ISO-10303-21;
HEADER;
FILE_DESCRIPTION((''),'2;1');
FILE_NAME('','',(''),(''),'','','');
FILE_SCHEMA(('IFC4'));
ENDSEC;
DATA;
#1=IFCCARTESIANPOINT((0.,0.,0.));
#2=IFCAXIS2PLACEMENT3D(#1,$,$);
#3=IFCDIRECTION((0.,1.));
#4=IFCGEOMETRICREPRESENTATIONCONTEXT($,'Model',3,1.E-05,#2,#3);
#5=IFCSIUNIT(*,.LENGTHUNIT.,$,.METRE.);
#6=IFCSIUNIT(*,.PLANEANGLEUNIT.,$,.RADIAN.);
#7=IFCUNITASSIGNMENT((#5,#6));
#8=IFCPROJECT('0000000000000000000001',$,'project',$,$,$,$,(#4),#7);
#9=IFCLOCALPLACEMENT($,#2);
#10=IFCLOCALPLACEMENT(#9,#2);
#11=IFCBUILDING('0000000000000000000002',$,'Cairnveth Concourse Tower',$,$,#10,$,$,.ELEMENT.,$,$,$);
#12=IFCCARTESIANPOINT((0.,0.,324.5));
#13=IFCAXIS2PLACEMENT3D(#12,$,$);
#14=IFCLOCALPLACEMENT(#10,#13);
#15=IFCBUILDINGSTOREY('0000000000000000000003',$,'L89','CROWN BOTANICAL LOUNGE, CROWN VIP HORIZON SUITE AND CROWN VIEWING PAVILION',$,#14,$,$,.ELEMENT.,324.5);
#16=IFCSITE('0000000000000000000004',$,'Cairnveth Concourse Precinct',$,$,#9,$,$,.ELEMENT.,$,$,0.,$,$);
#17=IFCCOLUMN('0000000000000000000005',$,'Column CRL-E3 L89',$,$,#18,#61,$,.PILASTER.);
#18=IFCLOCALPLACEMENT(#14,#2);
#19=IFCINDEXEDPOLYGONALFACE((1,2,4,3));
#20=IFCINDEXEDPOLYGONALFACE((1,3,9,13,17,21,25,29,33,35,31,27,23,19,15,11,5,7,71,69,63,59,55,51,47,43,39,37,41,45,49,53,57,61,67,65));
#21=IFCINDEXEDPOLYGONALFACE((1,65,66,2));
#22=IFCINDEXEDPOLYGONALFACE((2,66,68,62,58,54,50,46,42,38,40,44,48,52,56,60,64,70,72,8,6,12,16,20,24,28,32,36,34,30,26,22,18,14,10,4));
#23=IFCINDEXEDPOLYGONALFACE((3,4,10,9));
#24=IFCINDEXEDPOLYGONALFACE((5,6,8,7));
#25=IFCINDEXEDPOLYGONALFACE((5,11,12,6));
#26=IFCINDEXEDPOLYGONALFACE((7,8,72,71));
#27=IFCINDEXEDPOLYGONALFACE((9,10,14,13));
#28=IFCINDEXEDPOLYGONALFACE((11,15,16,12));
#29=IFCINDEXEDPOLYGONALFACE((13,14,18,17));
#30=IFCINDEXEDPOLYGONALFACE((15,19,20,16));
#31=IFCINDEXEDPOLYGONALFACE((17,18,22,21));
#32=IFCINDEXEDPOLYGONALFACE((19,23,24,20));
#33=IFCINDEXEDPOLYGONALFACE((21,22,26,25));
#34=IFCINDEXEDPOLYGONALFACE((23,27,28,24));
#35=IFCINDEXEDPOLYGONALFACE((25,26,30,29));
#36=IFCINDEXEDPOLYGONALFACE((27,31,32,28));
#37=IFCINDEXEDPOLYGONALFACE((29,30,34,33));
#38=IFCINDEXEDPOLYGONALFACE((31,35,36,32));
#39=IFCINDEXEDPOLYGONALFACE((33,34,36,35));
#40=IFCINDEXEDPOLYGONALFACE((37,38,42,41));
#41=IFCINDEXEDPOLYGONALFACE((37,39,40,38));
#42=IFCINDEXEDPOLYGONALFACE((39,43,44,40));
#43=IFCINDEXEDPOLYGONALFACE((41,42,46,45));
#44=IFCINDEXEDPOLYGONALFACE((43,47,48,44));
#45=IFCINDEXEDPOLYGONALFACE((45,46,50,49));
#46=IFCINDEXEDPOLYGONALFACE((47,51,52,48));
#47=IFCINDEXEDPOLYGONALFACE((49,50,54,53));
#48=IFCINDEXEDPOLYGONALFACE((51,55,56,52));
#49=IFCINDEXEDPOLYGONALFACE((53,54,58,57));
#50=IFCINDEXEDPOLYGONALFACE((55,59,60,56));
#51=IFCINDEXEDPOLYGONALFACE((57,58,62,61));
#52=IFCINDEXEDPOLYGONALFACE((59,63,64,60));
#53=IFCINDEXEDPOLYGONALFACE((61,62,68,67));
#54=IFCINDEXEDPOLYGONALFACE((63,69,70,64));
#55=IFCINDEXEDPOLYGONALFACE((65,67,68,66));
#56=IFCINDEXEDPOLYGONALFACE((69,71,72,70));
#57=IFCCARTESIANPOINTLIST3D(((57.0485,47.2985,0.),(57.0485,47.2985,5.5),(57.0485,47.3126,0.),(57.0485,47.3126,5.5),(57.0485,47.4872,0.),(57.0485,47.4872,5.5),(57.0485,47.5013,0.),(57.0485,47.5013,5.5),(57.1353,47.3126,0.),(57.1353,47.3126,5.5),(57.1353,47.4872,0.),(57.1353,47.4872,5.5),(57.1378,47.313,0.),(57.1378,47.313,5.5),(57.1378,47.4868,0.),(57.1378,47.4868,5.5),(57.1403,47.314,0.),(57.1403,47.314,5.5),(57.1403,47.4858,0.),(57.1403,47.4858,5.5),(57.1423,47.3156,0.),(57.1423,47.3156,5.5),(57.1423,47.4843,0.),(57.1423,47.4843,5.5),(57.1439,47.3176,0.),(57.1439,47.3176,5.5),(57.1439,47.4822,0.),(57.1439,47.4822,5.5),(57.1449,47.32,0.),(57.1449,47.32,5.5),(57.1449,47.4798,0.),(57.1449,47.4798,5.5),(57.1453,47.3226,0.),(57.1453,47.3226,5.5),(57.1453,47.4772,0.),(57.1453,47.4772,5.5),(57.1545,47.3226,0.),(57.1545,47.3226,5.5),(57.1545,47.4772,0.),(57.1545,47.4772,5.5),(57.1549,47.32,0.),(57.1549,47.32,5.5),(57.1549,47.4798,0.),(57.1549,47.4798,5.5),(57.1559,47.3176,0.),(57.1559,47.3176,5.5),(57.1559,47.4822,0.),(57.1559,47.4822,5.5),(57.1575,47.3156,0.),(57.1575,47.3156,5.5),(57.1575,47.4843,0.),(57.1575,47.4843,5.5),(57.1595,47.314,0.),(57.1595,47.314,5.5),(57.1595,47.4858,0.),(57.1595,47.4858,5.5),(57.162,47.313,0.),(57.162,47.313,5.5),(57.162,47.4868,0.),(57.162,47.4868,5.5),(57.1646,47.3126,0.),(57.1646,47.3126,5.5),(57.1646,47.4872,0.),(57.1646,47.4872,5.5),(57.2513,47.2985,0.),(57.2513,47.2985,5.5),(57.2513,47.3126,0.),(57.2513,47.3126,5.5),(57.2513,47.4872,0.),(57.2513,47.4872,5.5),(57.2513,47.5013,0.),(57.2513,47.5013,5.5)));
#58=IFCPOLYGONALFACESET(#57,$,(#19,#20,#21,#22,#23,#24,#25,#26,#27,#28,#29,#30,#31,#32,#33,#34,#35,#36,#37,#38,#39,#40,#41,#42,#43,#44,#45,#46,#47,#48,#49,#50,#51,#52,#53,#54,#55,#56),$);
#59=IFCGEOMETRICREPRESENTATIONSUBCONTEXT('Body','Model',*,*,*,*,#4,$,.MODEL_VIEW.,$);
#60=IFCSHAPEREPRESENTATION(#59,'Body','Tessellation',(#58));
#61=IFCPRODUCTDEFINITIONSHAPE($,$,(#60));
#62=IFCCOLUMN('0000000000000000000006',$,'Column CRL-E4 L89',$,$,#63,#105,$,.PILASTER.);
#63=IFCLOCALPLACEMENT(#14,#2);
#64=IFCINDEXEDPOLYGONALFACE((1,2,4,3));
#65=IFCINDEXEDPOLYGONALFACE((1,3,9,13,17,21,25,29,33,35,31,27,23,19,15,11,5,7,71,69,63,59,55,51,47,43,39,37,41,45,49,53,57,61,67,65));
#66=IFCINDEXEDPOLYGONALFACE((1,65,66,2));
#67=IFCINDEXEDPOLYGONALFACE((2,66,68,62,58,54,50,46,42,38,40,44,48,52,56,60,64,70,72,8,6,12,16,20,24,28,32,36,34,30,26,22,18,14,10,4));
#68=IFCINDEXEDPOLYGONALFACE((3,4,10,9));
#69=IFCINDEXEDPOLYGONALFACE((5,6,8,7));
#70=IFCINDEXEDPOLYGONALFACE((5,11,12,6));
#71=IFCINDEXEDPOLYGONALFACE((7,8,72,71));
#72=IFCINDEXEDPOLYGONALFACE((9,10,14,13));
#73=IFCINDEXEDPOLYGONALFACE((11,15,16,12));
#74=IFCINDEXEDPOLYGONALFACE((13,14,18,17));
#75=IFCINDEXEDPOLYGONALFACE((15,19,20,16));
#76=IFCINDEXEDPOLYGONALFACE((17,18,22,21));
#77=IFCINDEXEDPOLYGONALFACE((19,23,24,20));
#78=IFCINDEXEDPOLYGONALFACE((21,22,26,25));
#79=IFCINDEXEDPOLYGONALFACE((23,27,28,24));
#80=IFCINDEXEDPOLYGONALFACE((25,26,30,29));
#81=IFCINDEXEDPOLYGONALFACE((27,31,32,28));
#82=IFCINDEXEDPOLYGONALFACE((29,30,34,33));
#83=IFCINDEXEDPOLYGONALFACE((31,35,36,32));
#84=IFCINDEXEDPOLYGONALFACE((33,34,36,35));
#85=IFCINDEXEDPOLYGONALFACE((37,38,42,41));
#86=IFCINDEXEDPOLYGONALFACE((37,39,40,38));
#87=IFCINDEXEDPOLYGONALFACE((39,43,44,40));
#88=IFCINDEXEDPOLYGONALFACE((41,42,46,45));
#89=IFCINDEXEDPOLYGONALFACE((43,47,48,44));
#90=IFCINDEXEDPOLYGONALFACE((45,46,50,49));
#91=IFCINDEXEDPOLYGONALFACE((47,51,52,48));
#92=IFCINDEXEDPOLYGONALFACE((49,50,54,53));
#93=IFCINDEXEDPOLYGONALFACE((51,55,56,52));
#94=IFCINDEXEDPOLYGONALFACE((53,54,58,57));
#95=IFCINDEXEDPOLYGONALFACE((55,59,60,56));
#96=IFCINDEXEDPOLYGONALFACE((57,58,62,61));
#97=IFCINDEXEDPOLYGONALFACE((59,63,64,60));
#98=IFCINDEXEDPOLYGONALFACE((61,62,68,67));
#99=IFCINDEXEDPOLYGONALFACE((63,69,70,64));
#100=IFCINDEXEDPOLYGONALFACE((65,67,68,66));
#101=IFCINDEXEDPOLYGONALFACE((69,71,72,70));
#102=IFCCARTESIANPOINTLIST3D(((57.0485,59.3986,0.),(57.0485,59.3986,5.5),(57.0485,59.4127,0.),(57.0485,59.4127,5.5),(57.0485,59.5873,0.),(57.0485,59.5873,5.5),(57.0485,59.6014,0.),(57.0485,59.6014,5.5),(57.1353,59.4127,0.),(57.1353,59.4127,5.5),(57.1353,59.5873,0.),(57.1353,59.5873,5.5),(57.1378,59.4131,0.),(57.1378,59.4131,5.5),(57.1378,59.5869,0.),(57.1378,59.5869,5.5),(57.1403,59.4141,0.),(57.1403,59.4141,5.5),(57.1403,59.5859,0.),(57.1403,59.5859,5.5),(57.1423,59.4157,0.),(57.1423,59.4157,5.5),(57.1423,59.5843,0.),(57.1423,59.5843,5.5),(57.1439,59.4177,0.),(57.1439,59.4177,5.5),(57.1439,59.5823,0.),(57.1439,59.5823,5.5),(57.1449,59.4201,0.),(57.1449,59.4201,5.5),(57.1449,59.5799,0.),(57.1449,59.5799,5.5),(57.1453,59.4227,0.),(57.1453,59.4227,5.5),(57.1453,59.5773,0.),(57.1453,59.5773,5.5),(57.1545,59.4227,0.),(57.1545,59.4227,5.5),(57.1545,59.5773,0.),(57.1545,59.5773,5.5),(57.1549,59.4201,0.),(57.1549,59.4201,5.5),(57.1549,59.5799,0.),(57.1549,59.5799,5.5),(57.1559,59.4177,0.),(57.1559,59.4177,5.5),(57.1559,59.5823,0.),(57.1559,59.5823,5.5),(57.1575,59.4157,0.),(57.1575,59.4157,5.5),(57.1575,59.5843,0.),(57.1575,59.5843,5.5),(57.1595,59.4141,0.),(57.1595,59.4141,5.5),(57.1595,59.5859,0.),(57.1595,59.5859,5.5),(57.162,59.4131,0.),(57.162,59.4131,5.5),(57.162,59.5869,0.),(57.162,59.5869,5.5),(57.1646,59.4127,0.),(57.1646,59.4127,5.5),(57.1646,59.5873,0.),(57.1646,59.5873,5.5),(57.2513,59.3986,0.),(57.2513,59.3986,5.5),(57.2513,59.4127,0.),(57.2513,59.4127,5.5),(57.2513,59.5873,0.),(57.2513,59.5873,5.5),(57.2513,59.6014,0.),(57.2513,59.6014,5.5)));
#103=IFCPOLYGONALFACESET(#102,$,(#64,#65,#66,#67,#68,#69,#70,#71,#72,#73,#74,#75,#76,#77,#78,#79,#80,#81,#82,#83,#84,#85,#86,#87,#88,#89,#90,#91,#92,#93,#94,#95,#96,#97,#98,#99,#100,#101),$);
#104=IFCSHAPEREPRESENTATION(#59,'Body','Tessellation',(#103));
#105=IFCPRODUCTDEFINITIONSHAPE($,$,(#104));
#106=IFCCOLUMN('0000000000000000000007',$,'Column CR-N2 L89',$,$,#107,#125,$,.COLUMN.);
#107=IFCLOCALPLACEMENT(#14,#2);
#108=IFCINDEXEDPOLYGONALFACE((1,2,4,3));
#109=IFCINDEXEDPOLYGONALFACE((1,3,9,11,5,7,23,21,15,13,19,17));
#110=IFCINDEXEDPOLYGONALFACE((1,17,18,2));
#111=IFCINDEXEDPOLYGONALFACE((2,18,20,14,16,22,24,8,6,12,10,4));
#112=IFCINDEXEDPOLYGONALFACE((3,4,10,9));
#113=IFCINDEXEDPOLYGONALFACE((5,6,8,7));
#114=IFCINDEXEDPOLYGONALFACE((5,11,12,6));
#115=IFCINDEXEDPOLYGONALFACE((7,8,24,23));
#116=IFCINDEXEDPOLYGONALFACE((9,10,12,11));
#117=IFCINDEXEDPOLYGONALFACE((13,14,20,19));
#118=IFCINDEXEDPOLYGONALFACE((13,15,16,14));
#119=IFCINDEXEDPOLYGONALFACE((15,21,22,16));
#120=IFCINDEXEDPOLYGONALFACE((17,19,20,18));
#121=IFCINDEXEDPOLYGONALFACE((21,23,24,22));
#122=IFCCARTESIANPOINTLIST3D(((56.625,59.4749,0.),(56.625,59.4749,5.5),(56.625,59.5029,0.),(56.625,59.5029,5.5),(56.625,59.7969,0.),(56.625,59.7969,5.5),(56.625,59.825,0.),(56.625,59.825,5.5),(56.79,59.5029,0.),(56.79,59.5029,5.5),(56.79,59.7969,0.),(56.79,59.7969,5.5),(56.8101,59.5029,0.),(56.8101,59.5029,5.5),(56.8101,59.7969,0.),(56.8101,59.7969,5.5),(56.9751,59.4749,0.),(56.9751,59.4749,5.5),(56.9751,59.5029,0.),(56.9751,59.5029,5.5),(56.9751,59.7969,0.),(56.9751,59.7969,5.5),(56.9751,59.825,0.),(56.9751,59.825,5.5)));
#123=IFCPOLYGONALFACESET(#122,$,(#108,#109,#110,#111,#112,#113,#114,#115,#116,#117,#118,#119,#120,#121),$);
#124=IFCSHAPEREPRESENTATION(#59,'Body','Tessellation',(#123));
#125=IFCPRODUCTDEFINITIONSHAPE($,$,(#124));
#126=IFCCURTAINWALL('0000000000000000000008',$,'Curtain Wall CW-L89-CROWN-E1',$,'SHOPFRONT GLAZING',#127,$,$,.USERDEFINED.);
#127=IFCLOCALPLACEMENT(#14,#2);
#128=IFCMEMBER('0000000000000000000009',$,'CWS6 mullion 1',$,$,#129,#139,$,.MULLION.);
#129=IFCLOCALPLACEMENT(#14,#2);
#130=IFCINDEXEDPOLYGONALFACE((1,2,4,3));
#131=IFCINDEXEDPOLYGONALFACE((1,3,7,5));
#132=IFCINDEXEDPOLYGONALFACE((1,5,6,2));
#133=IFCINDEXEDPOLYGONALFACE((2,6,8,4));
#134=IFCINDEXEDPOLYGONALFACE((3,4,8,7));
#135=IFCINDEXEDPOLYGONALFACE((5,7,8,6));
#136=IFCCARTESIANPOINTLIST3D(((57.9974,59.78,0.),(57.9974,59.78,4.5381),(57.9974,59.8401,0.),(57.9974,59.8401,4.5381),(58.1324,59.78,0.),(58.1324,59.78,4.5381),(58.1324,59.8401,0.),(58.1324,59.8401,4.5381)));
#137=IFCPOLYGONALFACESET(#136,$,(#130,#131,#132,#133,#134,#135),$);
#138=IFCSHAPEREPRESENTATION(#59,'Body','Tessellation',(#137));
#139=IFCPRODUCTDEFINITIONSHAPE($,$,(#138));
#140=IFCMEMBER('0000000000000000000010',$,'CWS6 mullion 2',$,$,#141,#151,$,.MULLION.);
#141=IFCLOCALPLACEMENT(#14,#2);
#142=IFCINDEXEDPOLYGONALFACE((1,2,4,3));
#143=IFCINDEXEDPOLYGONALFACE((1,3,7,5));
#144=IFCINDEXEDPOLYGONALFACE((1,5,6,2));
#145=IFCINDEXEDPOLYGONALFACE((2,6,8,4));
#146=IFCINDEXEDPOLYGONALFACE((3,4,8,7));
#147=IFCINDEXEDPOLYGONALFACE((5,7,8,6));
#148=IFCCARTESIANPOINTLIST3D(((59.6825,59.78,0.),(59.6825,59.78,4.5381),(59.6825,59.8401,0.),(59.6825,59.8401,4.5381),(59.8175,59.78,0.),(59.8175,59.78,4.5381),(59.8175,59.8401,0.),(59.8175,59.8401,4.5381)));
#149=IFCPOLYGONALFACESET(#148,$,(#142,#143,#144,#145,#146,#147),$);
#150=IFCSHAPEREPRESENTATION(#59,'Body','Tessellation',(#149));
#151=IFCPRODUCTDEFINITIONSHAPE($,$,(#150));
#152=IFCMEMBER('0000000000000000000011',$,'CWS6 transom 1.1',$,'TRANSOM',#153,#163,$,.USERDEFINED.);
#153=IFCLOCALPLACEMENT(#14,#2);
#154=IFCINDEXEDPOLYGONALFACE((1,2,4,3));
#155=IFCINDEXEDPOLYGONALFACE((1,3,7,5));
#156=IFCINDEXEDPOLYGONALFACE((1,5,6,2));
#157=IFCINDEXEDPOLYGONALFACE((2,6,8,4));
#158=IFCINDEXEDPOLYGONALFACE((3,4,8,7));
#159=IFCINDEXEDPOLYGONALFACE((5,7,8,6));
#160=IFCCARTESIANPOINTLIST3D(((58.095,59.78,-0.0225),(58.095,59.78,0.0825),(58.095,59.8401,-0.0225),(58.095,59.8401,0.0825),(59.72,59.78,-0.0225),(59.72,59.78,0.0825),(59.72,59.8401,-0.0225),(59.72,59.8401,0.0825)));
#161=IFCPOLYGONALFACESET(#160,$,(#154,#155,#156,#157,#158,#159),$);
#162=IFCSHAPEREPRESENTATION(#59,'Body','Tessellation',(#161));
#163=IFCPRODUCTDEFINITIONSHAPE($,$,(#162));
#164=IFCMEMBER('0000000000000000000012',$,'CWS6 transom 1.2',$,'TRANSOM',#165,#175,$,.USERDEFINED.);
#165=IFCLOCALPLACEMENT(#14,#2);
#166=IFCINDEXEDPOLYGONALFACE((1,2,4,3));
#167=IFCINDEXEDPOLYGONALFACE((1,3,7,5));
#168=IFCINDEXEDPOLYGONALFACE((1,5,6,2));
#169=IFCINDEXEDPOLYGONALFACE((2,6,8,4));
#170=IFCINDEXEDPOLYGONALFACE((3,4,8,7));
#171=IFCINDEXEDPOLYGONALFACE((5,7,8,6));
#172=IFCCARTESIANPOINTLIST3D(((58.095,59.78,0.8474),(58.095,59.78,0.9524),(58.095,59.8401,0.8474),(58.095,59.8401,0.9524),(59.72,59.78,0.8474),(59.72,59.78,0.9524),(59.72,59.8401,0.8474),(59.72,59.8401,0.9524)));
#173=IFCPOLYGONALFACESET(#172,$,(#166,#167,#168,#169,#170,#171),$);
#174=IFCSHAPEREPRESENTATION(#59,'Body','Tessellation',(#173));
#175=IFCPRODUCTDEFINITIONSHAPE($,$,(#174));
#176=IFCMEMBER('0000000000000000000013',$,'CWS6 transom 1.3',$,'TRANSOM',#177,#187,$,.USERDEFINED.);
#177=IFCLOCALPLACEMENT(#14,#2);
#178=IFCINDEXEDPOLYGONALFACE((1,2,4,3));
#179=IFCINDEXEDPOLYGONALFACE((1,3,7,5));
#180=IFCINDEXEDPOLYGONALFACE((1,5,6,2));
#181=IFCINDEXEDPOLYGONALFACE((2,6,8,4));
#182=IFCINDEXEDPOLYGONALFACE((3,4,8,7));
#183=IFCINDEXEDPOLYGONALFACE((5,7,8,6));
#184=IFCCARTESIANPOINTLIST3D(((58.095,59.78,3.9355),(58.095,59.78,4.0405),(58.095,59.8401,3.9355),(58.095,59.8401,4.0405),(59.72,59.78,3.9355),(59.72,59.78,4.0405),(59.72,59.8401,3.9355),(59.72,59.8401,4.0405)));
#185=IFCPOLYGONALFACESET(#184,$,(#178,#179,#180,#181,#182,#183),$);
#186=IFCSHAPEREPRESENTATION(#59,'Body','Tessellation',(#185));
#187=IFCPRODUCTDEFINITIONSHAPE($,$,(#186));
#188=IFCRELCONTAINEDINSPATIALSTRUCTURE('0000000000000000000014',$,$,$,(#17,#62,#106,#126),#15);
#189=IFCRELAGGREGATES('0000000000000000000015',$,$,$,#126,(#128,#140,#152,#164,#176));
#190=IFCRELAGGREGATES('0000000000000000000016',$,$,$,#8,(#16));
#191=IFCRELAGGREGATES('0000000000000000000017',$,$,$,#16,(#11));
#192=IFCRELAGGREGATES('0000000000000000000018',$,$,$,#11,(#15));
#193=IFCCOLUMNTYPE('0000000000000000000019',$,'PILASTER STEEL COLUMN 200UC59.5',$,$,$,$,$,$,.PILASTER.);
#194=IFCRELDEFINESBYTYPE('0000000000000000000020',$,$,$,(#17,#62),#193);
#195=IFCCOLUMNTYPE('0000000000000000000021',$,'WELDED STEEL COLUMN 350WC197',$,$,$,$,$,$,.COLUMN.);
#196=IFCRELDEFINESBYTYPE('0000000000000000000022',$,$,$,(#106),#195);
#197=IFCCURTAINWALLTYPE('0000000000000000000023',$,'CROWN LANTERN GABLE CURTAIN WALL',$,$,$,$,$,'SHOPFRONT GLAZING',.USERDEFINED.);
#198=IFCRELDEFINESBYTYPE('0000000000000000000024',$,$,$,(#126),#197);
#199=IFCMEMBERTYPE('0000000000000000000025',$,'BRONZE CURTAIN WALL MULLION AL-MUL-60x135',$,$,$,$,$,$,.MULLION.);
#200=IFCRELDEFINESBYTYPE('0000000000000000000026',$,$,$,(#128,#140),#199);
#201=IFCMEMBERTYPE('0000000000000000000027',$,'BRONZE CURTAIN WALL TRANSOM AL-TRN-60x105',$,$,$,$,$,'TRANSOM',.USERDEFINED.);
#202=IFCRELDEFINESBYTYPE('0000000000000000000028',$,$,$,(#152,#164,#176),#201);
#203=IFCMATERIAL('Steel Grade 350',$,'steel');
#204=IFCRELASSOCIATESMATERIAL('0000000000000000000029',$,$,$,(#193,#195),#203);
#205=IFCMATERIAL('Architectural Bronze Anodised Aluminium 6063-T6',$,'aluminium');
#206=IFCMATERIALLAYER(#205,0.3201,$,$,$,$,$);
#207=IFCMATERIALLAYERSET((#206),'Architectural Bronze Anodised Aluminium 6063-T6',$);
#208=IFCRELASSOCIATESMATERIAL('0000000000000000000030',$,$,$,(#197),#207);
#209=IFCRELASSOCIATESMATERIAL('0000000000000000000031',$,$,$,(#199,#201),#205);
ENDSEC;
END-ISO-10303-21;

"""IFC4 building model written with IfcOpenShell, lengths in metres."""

from ifc_helpers import new_model, si_unit, direction, frame, origin, origin_2d, place, context, subcontext, project, spatial, rectangle, i_section, extrude, material, layer, layer_set, material_profile, profile_set, type_object, element, aggregate, save


model = new_model("IFC4")

# Units and contexts
model_context = context("Model", 3, precision=1e-05, world=origin(), true_north=direction((0.0, 1.0)))
body_context = subcontext(model_context, "Body", "Model", "MODEL_VIEW")
ifc_project = project(units=[si_unit("LENGTHUNIT", "METRE"), si_unit("PLANEANGLEUNIT", "RADIAN")], contexts=[model_context])

# Site, building, storey
site_placement = place(None, origin())
site = spatial("IfcSite", under=ifc_project, at=site_placement, Name="Cairnveth Concourse Precinct", CompositionType="ELEMENT", RefElevation=0.0)
building_placement = place(site_placement, origin())
building = spatial("IfcBuilding", under=site, at=building_placement, Name="Cairnveth Concourse Tower", CompositionType="ELEMENT")
storey_placement = place(building_placement, frame((0.0, 0.0, 324.5)))
storey = spatial("IfcBuildingStorey", under=building, at=storey_placement, Name="L89", Description="CROWN BOTANICAL LOUNGE, CROWN VIP HORIZON SUITE AND CROWN VIEWING PAVILION", CompositionType="ELEMENT", Elevation=324.5)

# Columns
ifc_material_1 = material(Name="Steel Grade 350", Category="steel")
ifc_material_profile_1 = material_profile(ifc_material_1, i_section(OverallWidth=0.2029, OverallDepth=0.2029, WebThickness=0.0093, FlangeThickness=0.0142, FilletRadius=0.01, at=origin_2d()), Name="200UC59.5")
ifc_profile_set_1 = profile_set([ifc_material_profile_1], Name="Steel Grade 350")
column_type_1 = type_object("IfcColumnType", Name="PILASTER STEEL COLUMN 200UC59.5", PredefinedType="PILASTER", material=ifc_profile_set_1)
for number, where, z_axis, x_axis, name in (
    (1, (57.1499, 47.3999, 0.0), (0.0, 0.0, 1.0), (1.0, 0.0, 0.0), "Column CRL-E3 L89"),
    (2, (57.1499, 59.5, 0.0), (0.0, 0.0, 1.0), (1.0, 0.0, 0.0), "Column CRL-E4 L89"),
):
    element("IfcColumn", number, at=place(storey_placement, frame(where, z_axis=z_axis, x_axis=x_axis)), inside=storey, type_object=column_type_1, Name=name, PredefinedType="PILASTER", context=body_context, shape_type="SweptSolid", body=[
        extrude(i_section(OverallWidth=0.2029, OverallDepth=0.2029, WebThickness=0.0093, FlangeThickness=0.0142, FilletRadius=0.01, at=origin_2d()), origin(), (0.0, 0.0, 1.0), 5.5),
    ])
ifc_material_profile_2 = material_profile(ifc_material_1, i_section(OverallWidth=0.3501, OverallDepth=0.3501, WebThickness=0.02, FlangeThickness=0.0281, at=origin_2d()), Name="350WC197")
ifc_profile_set_2 = profile_set([ifc_material_profile_2], Name="Steel Grade 350")
column_type_2 = type_object("IfcColumnType", Name="WELDED STEEL COLUMN 350WC197", PredefinedType="COLUMN", material=ifc_profile_set_2)
column_placement = place(storey_placement, frame((56.8, 59.6499, 0.0), z_axis=(0.0, 0.0, 1.0), x_axis=(1.0, 0.0, 0.0)))
element("IfcColumn", 3, at=column_placement, inside=storey, type_object=column_type_2, Name="Column CR-N2 L89", PredefinedType="COLUMN", context=body_context, shape_type="SweptSolid", body=[
    extrude(i_section(OverallWidth=0.3501, OverallDepth=0.3501, WebThickness=0.02, FlangeThickness=0.0281, at=origin_2d()), origin(), (0.0, 0.0, 1.0), 5.5),
])

# Curtain wall, members
ifc_material_2 = material(Name="Architectural Bronze Anodised Aluminium 6063-T6", Category="aluminium")
ifc_layer_1 = layer(ifc_material_2, 0.3201)
ifc_layer_set_1 = layer_set([ifc_layer_1], Name="Architectural Bronze Anodised Aluminium 6063-T6")
curtain_wall_type = type_object("IfcCurtainWallType", Name="CROWN LANTERN GABLE CURTAIN WALL", ElementType="SHOPFRONT GLAZING", PredefinedType="USERDEFINED", material=ifc_layer_set_1)
curtain_wall_placement = place(storey_placement, origin())
curtain_wall = element("IfcCurtainWall", 4, at=curtain_wall_placement, inside=storey, type_object=curtain_wall_type, Name="Curtain Wall CW-L89-CROWN-E1", ObjectType="SHOPFRONT GLAZING", PredefinedType="USERDEFINED")
ifc_material_profile_3 = material_profile(ifc_material_2, rectangle(XDim=0.0601, YDim=0.135, at=origin_2d()), Name="AL-MUL-60x135")
ifc_profile_set_3 = profile_set([ifc_material_profile_3], Name="Architectural Bronze Anodised Aluminium 6063-T6")
member_type_1 = type_object("IfcMemberType", Name="BRONZE CURTAIN WALL MULLION AL-MUL-60x135", PredefinedType="MULLION", material=ifc_profile_set_3)
member_1_placement = place(storey_placement, frame((58.0649, 59.8101, 0.0), z_axis=(0.0, 0.0, 1.0), x_axis=(0.0, 1.0, 0.0)))
member_1 = element("IfcMember", 5, at=member_1_placement, type_object=member_type_1, Name="CWS6 mullion 1", PredefinedType="MULLION", context=body_context, shape_type="SweptSolid", body=[
    extrude(rectangle(XDim=0.0601, YDim=0.135, at=origin_2d()), origin(), (0.0, 0.0, 1.0), 4.5381),
])
member_2_placement = place(storey_placement, frame((59.75, 59.8101, 0.0), z_axis=(0.0, 0.0, 1.0), x_axis=(0.0, 1.0, 0.0)))
member_2 = element("IfcMember", 6, at=member_2_placement, type_object=member_type_1, Name="CWS6 mullion 2", PredefinedType="MULLION", context=body_context, shape_type="SweptSolid", body=[
    extrude(rectangle(XDim=0.0601, YDim=0.135, at=origin_2d()), origin(), (0.0, 0.0, 1.0), 4.5381),
])
ifc_material_profile_4 = material_profile(ifc_material_2, rectangle(XDim=0.0601, YDim=0.105, at=origin_2d()), Name="AL-TRN-60x105")
ifc_profile_set_4 = profile_set([ifc_material_profile_4], Name="Architectural Bronze Anodised Aluminium 6063-T6")
member_type_2 = type_object("IfcMemberType", Name="BRONZE CURTAIN WALL TRANSOM AL-TRN-60x105", ElementType="TRANSOM", PredefinedType="USERDEFINED", material=ifc_profile_set_4)
member_3_placement = place(storey_placement, frame((58.095, 59.8101, 0.03), z_axis=(1.0, 0.0, 0.0), x_axis=(0.0, 1.0, 0.0)))
member_3 = element("IfcMember", 7, at=member_3_placement, type_object=member_type_2, Name="CWS6 transom 1.1", ObjectType="TRANSOM", PredefinedType="USERDEFINED", context=body_context, shape_type="SweptSolid", body=[
    extrude(rectangle(XDim=0.0601, YDim=0.105, at=origin_2d()), origin(), (0.0, 0.0, 1.0), 1.625),
])
member_4_placement = place(storey_placement, frame((58.095, 59.8101, 0.8999), z_axis=(1.0, 0.0, 0.0), x_axis=(0.0, 1.0, 0.0)))
member_4 = element("IfcMember", 8, at=member_4_placement, type_object=member_type_2, Name="CWS6 transom 1.2", ObjectType="TRANSOM", PredefinedType="USERDEFINED", context=body_context, shape_type="SweptSolid", body=[
    extrude(rectangle(XDim=0.0601, YDim=0.105, at=origin_2d()), origin(), (0.0, 0.0, 1.0), 1.625),
])
member_5_placement = place(storey_placement, frame((58.095, 59.8101, 3.988), z_axis=(1.0, 0.0, 0.0), x_axis=(0.0, 1.0, 0.0)))
member_5 = element("IfcMember", 9, at=member_5_placement, type_object=member_type_2, Name="CWS6 transom 1.3", ObjectType="TRANSOM", PredefinedType="USERDEFINED", context=body_context, shape_type="SweptSolid", body=[
    extrude(rectangle(XDim=0.0601, YDim=0.105, at=origin_2d()), origin(), (0.0, 0.0, 1.0), 1.625),
])

aggregate(curtain_wall, [member_1, member_2, member_3, member_4, member_5])

save(model, "model.ifc")
